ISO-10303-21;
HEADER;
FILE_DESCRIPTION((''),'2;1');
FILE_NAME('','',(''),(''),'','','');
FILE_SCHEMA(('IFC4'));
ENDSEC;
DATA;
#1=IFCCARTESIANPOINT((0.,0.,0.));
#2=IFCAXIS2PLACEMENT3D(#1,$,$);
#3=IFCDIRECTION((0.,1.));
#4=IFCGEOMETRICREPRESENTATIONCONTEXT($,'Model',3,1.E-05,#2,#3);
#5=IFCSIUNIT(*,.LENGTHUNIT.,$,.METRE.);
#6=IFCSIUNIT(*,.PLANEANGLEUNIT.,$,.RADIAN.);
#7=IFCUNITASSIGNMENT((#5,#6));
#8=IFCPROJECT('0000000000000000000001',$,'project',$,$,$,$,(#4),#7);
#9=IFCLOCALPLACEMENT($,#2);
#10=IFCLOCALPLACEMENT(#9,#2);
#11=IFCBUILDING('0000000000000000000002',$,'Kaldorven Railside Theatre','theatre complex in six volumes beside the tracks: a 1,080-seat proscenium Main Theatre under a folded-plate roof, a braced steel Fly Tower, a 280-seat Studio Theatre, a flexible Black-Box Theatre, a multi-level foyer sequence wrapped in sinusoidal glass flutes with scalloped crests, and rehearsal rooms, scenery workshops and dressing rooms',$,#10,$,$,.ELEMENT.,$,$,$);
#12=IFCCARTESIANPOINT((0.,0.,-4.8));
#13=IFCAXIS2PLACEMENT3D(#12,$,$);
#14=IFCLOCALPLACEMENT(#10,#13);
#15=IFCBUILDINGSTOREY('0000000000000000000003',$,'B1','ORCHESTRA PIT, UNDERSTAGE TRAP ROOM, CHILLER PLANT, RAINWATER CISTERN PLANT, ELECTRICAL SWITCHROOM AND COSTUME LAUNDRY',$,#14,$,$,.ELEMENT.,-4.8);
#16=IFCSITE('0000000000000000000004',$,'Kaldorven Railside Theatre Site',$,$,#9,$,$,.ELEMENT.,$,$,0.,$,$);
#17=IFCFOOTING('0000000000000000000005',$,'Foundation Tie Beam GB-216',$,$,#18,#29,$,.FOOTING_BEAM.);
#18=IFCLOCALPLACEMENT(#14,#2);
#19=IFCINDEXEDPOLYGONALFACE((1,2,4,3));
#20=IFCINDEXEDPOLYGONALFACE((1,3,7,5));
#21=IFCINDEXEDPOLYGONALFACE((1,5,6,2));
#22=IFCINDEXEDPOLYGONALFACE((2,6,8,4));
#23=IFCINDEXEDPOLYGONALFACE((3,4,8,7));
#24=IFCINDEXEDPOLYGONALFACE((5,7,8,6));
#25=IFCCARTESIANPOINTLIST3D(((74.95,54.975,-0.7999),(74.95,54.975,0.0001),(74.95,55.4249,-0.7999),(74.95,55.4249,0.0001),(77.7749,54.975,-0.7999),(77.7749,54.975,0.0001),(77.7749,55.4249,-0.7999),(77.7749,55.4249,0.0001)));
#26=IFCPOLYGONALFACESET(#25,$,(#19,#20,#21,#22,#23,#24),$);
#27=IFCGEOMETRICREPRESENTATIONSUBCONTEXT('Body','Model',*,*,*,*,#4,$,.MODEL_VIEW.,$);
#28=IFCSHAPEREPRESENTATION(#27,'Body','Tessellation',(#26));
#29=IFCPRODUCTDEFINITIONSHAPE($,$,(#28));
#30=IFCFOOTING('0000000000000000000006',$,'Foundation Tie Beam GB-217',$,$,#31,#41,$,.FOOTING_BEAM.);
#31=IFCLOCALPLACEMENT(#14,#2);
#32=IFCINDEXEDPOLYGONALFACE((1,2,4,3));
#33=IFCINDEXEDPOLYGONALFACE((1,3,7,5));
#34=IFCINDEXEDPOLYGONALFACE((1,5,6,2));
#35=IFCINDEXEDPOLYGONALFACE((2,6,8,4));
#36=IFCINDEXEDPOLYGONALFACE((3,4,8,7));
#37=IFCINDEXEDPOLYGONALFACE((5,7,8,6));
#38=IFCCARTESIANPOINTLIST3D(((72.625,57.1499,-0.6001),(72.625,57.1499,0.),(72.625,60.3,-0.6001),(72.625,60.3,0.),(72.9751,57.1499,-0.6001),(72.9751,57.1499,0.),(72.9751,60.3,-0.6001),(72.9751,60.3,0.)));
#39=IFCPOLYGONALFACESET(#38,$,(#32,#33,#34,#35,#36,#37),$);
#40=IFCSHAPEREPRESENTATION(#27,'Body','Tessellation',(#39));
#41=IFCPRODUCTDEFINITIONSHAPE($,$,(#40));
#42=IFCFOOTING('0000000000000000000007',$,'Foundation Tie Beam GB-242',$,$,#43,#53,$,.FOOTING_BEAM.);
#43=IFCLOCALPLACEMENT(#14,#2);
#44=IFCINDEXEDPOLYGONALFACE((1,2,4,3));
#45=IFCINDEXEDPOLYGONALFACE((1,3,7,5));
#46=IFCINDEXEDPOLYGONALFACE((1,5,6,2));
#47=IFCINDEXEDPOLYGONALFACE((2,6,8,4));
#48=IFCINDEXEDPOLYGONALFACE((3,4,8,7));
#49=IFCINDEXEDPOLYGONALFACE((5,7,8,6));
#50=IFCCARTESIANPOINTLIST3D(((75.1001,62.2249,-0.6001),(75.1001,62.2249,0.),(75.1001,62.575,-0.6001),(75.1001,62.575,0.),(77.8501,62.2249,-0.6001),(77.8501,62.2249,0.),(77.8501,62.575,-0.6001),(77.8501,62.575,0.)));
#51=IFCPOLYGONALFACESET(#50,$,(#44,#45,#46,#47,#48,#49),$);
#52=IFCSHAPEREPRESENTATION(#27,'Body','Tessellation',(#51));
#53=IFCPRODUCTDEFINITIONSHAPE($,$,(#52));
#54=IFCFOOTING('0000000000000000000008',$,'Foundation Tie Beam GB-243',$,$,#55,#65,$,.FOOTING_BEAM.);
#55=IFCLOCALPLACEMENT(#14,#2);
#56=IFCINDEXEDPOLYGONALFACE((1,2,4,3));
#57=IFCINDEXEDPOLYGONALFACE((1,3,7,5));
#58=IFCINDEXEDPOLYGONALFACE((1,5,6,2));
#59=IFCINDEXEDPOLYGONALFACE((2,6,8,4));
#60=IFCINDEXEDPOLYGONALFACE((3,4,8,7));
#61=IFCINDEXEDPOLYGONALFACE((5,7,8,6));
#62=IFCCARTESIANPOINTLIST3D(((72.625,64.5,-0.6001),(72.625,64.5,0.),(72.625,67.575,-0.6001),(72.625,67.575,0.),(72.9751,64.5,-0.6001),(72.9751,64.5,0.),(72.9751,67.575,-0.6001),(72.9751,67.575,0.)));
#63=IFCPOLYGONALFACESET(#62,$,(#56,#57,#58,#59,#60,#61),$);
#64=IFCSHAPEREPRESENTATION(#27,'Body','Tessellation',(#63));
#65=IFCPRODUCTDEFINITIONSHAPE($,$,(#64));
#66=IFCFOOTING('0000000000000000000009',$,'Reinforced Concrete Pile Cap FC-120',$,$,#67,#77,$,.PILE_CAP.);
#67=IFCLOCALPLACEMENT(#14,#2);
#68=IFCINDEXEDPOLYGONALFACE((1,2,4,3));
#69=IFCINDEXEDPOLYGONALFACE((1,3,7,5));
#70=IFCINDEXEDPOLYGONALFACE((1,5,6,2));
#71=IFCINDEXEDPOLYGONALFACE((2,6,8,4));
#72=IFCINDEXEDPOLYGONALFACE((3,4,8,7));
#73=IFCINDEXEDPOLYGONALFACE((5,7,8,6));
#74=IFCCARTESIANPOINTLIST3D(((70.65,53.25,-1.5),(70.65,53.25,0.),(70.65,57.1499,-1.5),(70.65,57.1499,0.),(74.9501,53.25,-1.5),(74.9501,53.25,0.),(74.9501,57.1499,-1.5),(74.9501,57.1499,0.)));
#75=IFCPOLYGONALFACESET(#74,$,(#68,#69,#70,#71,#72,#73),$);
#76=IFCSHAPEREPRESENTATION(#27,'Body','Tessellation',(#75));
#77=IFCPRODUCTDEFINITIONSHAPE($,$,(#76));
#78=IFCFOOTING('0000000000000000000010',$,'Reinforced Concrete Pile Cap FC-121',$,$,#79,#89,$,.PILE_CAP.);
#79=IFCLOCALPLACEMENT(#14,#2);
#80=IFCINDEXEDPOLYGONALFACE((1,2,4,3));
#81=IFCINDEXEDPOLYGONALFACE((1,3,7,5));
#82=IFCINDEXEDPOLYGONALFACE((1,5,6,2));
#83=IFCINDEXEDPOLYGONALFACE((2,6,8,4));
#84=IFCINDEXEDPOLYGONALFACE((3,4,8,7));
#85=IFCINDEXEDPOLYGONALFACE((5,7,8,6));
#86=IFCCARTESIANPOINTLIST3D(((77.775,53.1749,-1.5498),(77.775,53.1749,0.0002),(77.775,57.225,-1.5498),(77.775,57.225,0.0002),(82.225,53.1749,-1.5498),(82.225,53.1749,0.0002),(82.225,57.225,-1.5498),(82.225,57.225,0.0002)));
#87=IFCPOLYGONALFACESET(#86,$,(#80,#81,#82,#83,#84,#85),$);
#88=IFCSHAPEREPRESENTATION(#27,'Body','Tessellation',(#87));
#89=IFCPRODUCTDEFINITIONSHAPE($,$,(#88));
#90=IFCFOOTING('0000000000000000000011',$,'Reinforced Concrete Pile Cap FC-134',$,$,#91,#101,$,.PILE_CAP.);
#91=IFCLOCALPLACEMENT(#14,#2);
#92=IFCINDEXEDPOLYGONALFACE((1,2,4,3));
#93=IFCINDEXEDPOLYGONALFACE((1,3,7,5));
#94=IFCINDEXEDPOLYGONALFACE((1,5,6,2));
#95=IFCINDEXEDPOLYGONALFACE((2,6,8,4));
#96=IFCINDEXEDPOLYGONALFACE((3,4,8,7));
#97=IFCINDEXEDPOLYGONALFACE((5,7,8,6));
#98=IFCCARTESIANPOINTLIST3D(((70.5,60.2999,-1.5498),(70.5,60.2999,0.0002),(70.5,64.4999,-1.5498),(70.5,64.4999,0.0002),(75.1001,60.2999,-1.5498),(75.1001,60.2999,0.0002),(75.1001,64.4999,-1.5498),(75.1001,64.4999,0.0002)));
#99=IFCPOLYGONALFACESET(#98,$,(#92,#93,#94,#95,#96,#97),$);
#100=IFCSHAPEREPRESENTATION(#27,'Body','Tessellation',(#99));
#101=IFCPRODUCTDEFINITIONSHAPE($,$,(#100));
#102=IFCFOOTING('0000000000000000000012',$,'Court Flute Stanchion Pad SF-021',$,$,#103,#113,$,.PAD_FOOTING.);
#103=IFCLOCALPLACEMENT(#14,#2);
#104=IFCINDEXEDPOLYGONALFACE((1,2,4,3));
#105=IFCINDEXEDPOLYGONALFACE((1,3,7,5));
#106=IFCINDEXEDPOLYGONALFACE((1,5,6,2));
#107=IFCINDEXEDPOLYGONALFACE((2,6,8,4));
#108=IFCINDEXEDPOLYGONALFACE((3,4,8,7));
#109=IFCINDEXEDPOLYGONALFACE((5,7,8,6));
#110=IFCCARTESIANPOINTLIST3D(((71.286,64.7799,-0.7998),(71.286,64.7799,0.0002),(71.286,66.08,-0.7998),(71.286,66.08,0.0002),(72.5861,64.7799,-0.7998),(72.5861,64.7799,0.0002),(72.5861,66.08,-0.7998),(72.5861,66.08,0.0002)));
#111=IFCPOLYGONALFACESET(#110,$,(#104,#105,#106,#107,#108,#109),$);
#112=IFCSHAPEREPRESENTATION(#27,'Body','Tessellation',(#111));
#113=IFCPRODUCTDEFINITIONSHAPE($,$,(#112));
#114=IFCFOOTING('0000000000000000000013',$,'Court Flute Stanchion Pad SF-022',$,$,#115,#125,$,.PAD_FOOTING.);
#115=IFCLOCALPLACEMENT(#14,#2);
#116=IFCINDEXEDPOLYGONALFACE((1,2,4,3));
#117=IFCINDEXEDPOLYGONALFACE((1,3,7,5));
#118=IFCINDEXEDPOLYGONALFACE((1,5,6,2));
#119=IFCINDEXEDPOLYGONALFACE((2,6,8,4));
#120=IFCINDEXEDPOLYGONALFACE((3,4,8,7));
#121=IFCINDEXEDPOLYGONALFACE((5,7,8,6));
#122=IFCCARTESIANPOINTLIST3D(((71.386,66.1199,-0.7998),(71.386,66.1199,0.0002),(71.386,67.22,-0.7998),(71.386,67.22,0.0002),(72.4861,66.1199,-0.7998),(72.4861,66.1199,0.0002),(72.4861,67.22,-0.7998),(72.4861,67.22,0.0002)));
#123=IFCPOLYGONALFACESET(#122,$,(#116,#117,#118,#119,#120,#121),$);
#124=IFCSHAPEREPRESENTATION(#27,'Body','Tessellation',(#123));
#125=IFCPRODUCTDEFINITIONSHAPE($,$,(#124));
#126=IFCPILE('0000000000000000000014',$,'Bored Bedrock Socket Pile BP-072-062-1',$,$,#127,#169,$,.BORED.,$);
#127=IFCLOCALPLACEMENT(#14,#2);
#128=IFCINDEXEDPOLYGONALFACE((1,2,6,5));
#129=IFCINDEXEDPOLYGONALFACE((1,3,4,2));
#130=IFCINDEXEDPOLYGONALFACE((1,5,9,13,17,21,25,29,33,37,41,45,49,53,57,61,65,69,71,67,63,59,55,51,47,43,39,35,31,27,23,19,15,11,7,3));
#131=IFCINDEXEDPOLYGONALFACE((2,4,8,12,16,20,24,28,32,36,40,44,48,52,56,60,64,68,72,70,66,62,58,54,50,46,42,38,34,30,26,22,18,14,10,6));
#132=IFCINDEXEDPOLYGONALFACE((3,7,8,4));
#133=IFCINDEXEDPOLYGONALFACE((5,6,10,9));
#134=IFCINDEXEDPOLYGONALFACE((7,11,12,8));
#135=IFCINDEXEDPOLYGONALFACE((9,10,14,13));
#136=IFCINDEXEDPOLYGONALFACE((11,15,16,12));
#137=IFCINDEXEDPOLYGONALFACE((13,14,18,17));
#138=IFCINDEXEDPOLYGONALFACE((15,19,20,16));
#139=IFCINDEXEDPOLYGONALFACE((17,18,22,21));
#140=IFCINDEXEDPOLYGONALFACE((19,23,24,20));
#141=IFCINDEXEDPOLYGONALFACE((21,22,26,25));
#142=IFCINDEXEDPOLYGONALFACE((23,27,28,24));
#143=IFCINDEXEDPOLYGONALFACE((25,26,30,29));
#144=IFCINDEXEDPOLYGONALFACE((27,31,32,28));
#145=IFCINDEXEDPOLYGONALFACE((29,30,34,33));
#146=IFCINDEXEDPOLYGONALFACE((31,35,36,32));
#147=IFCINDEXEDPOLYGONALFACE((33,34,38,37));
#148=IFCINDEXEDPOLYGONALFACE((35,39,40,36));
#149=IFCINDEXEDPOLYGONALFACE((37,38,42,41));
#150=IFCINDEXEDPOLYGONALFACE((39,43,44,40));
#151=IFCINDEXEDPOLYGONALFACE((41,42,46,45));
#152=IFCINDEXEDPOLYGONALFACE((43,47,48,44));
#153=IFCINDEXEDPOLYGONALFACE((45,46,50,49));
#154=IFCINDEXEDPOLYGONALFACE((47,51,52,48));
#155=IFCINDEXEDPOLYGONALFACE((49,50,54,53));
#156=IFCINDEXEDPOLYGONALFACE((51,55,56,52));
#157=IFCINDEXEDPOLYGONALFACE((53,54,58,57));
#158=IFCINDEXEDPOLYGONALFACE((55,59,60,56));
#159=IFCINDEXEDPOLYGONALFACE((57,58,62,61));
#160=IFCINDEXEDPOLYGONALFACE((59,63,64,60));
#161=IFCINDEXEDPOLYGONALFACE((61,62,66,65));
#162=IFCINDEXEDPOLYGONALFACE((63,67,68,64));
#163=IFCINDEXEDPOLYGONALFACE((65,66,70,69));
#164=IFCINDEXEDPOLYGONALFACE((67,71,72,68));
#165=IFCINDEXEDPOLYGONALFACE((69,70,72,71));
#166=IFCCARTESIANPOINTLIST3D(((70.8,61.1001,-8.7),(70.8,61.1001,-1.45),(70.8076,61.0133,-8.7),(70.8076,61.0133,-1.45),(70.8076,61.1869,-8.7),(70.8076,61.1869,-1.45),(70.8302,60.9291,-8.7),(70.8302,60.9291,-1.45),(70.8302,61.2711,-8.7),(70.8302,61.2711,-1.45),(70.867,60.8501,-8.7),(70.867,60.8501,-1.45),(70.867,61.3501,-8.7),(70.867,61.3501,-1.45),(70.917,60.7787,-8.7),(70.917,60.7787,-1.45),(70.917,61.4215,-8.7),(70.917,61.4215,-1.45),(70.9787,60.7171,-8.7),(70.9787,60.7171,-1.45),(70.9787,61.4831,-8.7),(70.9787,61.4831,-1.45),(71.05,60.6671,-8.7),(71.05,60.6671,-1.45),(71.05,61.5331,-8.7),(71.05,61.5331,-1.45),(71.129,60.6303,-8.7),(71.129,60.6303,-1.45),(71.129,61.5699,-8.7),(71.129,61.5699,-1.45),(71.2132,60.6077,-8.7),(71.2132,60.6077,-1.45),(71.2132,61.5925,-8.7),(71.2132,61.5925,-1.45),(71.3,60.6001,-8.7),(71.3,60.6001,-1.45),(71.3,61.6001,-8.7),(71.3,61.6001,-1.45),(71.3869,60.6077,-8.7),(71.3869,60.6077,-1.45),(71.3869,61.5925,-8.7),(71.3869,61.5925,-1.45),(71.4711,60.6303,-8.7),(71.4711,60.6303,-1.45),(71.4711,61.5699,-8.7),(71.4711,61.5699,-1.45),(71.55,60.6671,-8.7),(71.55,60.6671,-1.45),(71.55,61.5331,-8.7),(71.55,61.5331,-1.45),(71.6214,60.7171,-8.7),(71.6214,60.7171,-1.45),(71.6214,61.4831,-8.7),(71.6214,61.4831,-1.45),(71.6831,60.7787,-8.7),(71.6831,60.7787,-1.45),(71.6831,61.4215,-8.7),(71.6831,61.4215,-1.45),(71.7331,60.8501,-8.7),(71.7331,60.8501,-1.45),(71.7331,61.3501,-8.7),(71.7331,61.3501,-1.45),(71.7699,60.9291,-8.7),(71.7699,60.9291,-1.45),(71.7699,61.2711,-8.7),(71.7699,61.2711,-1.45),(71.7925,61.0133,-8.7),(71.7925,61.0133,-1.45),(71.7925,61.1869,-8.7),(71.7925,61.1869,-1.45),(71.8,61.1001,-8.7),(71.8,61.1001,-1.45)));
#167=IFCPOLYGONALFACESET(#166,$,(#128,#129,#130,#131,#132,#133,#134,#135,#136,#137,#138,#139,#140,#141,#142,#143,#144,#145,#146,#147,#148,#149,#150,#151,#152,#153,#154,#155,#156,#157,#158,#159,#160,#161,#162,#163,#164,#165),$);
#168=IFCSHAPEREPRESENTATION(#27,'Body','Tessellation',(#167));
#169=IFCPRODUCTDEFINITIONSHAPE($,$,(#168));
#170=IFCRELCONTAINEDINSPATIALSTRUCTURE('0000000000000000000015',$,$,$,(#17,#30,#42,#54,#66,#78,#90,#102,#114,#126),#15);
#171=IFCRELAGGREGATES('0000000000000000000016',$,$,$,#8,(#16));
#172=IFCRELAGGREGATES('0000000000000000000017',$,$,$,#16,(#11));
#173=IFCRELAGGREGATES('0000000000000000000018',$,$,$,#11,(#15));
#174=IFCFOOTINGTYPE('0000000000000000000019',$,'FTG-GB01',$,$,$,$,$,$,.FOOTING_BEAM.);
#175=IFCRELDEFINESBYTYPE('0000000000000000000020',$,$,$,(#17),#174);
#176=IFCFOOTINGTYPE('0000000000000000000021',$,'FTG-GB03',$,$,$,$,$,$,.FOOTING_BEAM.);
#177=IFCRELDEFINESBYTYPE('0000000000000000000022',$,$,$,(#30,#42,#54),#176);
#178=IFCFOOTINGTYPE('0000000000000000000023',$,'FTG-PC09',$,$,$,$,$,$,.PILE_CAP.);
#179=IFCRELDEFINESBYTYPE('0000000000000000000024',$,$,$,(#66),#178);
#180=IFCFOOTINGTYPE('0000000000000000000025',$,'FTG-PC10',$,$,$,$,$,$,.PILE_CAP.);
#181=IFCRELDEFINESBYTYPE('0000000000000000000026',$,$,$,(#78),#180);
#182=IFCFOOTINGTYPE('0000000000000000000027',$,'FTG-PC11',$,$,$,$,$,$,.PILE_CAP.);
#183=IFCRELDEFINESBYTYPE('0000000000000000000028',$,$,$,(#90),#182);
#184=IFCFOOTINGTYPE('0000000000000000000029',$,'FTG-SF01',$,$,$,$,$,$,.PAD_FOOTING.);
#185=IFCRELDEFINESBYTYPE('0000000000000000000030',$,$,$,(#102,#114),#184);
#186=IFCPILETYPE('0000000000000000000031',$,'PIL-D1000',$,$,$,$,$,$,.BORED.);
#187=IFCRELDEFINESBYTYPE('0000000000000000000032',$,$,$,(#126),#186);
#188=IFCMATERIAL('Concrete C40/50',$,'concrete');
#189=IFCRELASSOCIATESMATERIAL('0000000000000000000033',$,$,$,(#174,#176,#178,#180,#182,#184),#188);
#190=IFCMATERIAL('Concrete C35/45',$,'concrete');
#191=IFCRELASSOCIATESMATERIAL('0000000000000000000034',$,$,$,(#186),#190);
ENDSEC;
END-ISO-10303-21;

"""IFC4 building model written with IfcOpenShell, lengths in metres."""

from ifc_helpers import new_model, si_unit, direction, frame, origin, origin_2d, place, context, subcontext, project, spatial, rectangle, circle, extrude, material, material_profile, profile_set, type_object, element, save


model = new_model("IFC4")

# Units and contexts
model_context = context("Model", 3, precision=1e-05, world=origin(), true_north=direction((0.0, 1.0)))
body_context = subcontext(model_context, "Body", "Model", "MODEL_VIEW")
ifc_project = project(units=[si_unit("LENGTHUNIT", "METRE"), si_unit("PLANEANGLEUNIT", "RADIAN")], contexts=[model_context])

# Site, building, storey
site_placement = place(None, origin())
site = spatial("IfcSite", under=ifc_project, at=site_placement, Name="Kaldorven Railside Theatre Site", CompositionType="ELEMENT", RefElevation=0.0)
building_placement = place(site_placement, origin())
building = spatial("IfcBuilding", under=site, at=building_placement, Name="Kaldorven Railside Theatre", Description="theatre complex in six volumes beside the tracks: a 1,080-seat proscenium Main Theatre under a folded-plate roof, a braced steel Fly Tower, a 280-seat Studio Theatre, a flexible Black-Box Theatre, a multi-level foyer sequence wrapped in sinusoidal glass flutes with scalloped crests, and rehearsal rooms, scenery workshops and dressing rooms", CompositionType="ELEMENT")
storey_placement = place(building_placement, frame((0.0, 0.0, -4.8)))
storey = spatial("IfcBuildingStorey", under=building, at=storey_placement, Name="B1", Description="ORCHESTRA PIT, UNDERSTAGE TRAP ROOM, CHILLER PLANT, RAINWATER CISTERN PLANT, ELECTRICAL SWITCHROOM AND COSTUME LAUNDRY", CompositionType="ELEMENT", Elevation=-4.8)

# Footings
ifc_material_1 = material(Name="Concrete C40/50", Category="concrete")
ifc_material_profile_1 = material_profile(ifc_material_1, rectangle(XDim=0.45, YDim=0.8, at=origin_2d()), Name="RC 450x800")
ifc_profile_set_1 = profile_set([ifc_material_profile_1], Name="Concrete C40/50")
footing_type_1 = type_object("IfcFootingType", Name="FTG-GB01", PredefinedType="FOOTING_BEAM", material=ifc_profile_set_1)
footing_1_placement = place(storey_placement, frame((74.95, 55.2, -0.3999), z_axis=(1.0, 0.0, 0.0), x_axis=(0.0, 1.0, 0.0)))
element("IfcFooting", 1, at=footing_1_placement, inside=storey, type_object=footing_type_1, Name="Foundation Tie Beam GB-216", PredefinedType="FOOTING_BEAM", context=body_context, shape_type="SweptSolid", body=[
    extrude(rectangle(XDim=0.45, YDim=0.8, at=origin_2d()), origin(), (0.0, 0.0, 1.0), 2.825),
])
ifc_material_profile_2 = material_profile(ifc_material_1, rectangle(XDim=0.3501, YDim=0.6001, at=origin_2d()), Name="RC 350x600")
ifc_profile_set_2 = profile_set([ifc_material_profile_2], Name="Concrete C40/50")
footing_type_2 = type_object("IfcFootingType", Name="FTG-GB03", PredefinedType="FOOTING_BEAM", material=ifc_profile_set_2)
footing_2_placement = place(storey_placement, frame((72.8, 57.1499, -0.3), z_axis=(0.0, 1.0, 0.0), x_axis=(-1.0, 0.0, 0.0)))
element("IfcFooting", 2, at=footing_2_placement, inside=storey, type_object=footing_type_2, Name="Foundation Tie Beam GB-217", PredefinedType="FOOTING_BEAM", context=body_context, shape_type="SweptSolid", body=[
    extrude(rectangle(XDim=0.3501, YDim=0.6001, at=origin_2d()), origin(), (0.0, 0.0, 1.0), 3.1501),
])
footing_3_placement = place(storey_placement, frame((75.1001, 62.3999, -0.3), z_axis=(1.0, 0.0, 0.0), x_axis=(0.0, 1.0, 0.0)))
element("IfcFooting", 3, at=footing_3_placement, inside=storey, type_object=footing_type_2, Name="Foundation Tie Beam GB-242", PredefinedType="FOOTING_BEAM", context=body_context, shape_type="SweptSolid", body=[
    extrude(rectangle(XDim=0.3501, YDim=0.6001, at=origin_2d()), origin(), (0.0, 0.0, 1.0), 2.75),
])
footing_4_placement = place(storey_placement, frame((72.8, 64.5, -0.3), z_axis=(0.0, 1.0, 0.0), x_axis=(-1.0, 0.0, 0.0)))
element("IfcFooting", 4, at=footing_4_placement, inside=storey, type_object=footing_type_2, Name="Foundation Tie Beam GB-243", PredefinedType="FOOTING_BEAM", context=body_context, shape_type="SweptSolid", body=[
    extrude(rectangle(XDim=0.3501, YDim=0.6001, at=origin_2d()), origin(), (0.0, 0.0, 1.0), 3.075),
])
footing_type_3 = type_object("IfcFootingType", Name="FTG-PC09", PredefinedType="PILE_CAP", material=ifc_material_1)
footing_5_placement = place(storey_placement, frame((72.8, 55.2, -1.5), z_axis=(0.0, 0.0, 1.0), x_axis=(1.0, 0.0, 0.0)))
element("IfcFooting", 5, at=footing_5_placement, inside=storey, type_object=footing_type_3, Name="Reinforced Concrete Pile Cap FC-120", PredefinedType="PILE_CAP", context=body_context, shape_type="SweptSolid", body=[
    extrude(rectangle(XDim=4.3, YDim=3.8999, at=origin_2d()), origin(), (0.0, 0.0, 1.0), 1.5),
])
footing_type_4 = type_object("IfcFootingType", Name="FTG-PC10", PredefinedType="PILE_CAP", material=ifc_material_1)
footing_6_placement = place(storey_placement, frame((80.0, 55.2, -1.5498), z_axis=(0.0, 0.0, 1.0), x_axis=(1.0, 0.0, 0.0)))
element("IfcFooting", 6, at=footing_6_placement, inside=storey, type_object=footing_type_4, Name="Reinforced Concrete Pile Cap FC-121", PredefinedType="PILE_CAP", context=body_context, shape_type="SweptSolid", body=[
    extrude(rectangle(XDim=4.45, YDim=4.05, at=origin_2d()), origin(), (0.0, 0.0, 1.0), 1.55),
])
footing_type_5 = type_object("IfcFootingType", Name="FTG-PC11", PredefinedType="PILE_CAP", material=ifc_material_1)
footing_7_placement = place(storey_placement, frame((72.8, 62.3999, -1.5498), z_axis=(0.0, 0.0, 1.0), x_axis=(1.0, 0.0, 0.0)))
element("IfcFooting", 7, at=footing_7_placement, inside=storey, type_object=footing_type_5, Name="Reinforced Concrete Pile Cap FC-134", PredefinedType="PILE_CAP", context=body_context, shape_type="SweptSolid", body=[
    extrude(rectangle(XDim=4.6001, YDim=4.2, at=origin_2d()), origin(), (0.0, 0.0, 1.0), 1.55),
])
footing_type_6 = type_object("IfcFootingType", Name="FTG-SF01", PredefinedType="PAD_FOOTING", material=ifc_material_1)
footing_8_placement = place(storey_placement, frame((71.936, 65.4299, -0.7998), z_axis=(0.0, 0.0, 1.0), x_axis=(1.0, 0.0, 0.0)))
element("IfcFooting", 8, at=footing_8_placement, inside=storey, type_object=footing_type_6, Name="Court Flute Stanchion Pad SF-021", PredefinedType="PAD_FOOTING", context=body_context, shape_type="SweptSolid", body=[
    extrude(rectangle(XDim=1.3, YDim=1.3, at=origin_2d()), origin(), (0.0, 0.0, 1.0), 0.8),
])
footing_9_placement = place(storey_placement, frame((71.936, 66.6699, -0.7998), z_axis=(0.0, 0.0, 1.0), x_axis=(1.0, 0.0, 0.0)))
element("IfcFooting", 9, at=footing_9_placement, inside=storey, type_object=footing_type_6, Name="Court Flute Stanchion Pad SF-022", PredefinedType="PAD_FOOTING", context=body_context, shape_type="SweptSolid", body=[
    extrude(rectangle(XDim=1.1001, YDim=1.1001, at=origin_2d()), origin(), (0.0, 0.0, 1.0), 0.8),
])

# Pile
ifc_material_2 = material(Name="Concrete C35/45", Category="concrete")
ifc_material_profile_3 = material_profile(ifc_material_2, circle(Radius=0.5, at=origin_2d()), Name="BP D1000")
ifc_profile_set_3 = profile_set([ifc_material_profile_3], Name="Concrete C35/45")
pile_type_1 = type_object("IfcPileType", Name="PIL-D1000", PredefinedType="BORED", material=ifc_profile_set_3)
for number, where, z_axis, x_axis, name in (
    (10, (71.3, 61.1001, -1.45), (0.0, 0.0, -1.0), (1.0, 0.0, 0.0), "Bored Bedrock Socket Pile BP-072-062-1"),
):
    element("IfcPile", number, at=place(storey_placement, frame(where, z_axis=z_axis, x_axis=x_axis)), inside=storey, type_object=pile_type_1, Name=name, PredefinedType="BORED", context=body_context, shape_type="SweptSolid", body=[
        extrude(circle(Radius=0.5, at=origin_2d()), origin(), (0.0, 0.0, 1.0), 7.25),
    ])

save(model, "model.ifc")
